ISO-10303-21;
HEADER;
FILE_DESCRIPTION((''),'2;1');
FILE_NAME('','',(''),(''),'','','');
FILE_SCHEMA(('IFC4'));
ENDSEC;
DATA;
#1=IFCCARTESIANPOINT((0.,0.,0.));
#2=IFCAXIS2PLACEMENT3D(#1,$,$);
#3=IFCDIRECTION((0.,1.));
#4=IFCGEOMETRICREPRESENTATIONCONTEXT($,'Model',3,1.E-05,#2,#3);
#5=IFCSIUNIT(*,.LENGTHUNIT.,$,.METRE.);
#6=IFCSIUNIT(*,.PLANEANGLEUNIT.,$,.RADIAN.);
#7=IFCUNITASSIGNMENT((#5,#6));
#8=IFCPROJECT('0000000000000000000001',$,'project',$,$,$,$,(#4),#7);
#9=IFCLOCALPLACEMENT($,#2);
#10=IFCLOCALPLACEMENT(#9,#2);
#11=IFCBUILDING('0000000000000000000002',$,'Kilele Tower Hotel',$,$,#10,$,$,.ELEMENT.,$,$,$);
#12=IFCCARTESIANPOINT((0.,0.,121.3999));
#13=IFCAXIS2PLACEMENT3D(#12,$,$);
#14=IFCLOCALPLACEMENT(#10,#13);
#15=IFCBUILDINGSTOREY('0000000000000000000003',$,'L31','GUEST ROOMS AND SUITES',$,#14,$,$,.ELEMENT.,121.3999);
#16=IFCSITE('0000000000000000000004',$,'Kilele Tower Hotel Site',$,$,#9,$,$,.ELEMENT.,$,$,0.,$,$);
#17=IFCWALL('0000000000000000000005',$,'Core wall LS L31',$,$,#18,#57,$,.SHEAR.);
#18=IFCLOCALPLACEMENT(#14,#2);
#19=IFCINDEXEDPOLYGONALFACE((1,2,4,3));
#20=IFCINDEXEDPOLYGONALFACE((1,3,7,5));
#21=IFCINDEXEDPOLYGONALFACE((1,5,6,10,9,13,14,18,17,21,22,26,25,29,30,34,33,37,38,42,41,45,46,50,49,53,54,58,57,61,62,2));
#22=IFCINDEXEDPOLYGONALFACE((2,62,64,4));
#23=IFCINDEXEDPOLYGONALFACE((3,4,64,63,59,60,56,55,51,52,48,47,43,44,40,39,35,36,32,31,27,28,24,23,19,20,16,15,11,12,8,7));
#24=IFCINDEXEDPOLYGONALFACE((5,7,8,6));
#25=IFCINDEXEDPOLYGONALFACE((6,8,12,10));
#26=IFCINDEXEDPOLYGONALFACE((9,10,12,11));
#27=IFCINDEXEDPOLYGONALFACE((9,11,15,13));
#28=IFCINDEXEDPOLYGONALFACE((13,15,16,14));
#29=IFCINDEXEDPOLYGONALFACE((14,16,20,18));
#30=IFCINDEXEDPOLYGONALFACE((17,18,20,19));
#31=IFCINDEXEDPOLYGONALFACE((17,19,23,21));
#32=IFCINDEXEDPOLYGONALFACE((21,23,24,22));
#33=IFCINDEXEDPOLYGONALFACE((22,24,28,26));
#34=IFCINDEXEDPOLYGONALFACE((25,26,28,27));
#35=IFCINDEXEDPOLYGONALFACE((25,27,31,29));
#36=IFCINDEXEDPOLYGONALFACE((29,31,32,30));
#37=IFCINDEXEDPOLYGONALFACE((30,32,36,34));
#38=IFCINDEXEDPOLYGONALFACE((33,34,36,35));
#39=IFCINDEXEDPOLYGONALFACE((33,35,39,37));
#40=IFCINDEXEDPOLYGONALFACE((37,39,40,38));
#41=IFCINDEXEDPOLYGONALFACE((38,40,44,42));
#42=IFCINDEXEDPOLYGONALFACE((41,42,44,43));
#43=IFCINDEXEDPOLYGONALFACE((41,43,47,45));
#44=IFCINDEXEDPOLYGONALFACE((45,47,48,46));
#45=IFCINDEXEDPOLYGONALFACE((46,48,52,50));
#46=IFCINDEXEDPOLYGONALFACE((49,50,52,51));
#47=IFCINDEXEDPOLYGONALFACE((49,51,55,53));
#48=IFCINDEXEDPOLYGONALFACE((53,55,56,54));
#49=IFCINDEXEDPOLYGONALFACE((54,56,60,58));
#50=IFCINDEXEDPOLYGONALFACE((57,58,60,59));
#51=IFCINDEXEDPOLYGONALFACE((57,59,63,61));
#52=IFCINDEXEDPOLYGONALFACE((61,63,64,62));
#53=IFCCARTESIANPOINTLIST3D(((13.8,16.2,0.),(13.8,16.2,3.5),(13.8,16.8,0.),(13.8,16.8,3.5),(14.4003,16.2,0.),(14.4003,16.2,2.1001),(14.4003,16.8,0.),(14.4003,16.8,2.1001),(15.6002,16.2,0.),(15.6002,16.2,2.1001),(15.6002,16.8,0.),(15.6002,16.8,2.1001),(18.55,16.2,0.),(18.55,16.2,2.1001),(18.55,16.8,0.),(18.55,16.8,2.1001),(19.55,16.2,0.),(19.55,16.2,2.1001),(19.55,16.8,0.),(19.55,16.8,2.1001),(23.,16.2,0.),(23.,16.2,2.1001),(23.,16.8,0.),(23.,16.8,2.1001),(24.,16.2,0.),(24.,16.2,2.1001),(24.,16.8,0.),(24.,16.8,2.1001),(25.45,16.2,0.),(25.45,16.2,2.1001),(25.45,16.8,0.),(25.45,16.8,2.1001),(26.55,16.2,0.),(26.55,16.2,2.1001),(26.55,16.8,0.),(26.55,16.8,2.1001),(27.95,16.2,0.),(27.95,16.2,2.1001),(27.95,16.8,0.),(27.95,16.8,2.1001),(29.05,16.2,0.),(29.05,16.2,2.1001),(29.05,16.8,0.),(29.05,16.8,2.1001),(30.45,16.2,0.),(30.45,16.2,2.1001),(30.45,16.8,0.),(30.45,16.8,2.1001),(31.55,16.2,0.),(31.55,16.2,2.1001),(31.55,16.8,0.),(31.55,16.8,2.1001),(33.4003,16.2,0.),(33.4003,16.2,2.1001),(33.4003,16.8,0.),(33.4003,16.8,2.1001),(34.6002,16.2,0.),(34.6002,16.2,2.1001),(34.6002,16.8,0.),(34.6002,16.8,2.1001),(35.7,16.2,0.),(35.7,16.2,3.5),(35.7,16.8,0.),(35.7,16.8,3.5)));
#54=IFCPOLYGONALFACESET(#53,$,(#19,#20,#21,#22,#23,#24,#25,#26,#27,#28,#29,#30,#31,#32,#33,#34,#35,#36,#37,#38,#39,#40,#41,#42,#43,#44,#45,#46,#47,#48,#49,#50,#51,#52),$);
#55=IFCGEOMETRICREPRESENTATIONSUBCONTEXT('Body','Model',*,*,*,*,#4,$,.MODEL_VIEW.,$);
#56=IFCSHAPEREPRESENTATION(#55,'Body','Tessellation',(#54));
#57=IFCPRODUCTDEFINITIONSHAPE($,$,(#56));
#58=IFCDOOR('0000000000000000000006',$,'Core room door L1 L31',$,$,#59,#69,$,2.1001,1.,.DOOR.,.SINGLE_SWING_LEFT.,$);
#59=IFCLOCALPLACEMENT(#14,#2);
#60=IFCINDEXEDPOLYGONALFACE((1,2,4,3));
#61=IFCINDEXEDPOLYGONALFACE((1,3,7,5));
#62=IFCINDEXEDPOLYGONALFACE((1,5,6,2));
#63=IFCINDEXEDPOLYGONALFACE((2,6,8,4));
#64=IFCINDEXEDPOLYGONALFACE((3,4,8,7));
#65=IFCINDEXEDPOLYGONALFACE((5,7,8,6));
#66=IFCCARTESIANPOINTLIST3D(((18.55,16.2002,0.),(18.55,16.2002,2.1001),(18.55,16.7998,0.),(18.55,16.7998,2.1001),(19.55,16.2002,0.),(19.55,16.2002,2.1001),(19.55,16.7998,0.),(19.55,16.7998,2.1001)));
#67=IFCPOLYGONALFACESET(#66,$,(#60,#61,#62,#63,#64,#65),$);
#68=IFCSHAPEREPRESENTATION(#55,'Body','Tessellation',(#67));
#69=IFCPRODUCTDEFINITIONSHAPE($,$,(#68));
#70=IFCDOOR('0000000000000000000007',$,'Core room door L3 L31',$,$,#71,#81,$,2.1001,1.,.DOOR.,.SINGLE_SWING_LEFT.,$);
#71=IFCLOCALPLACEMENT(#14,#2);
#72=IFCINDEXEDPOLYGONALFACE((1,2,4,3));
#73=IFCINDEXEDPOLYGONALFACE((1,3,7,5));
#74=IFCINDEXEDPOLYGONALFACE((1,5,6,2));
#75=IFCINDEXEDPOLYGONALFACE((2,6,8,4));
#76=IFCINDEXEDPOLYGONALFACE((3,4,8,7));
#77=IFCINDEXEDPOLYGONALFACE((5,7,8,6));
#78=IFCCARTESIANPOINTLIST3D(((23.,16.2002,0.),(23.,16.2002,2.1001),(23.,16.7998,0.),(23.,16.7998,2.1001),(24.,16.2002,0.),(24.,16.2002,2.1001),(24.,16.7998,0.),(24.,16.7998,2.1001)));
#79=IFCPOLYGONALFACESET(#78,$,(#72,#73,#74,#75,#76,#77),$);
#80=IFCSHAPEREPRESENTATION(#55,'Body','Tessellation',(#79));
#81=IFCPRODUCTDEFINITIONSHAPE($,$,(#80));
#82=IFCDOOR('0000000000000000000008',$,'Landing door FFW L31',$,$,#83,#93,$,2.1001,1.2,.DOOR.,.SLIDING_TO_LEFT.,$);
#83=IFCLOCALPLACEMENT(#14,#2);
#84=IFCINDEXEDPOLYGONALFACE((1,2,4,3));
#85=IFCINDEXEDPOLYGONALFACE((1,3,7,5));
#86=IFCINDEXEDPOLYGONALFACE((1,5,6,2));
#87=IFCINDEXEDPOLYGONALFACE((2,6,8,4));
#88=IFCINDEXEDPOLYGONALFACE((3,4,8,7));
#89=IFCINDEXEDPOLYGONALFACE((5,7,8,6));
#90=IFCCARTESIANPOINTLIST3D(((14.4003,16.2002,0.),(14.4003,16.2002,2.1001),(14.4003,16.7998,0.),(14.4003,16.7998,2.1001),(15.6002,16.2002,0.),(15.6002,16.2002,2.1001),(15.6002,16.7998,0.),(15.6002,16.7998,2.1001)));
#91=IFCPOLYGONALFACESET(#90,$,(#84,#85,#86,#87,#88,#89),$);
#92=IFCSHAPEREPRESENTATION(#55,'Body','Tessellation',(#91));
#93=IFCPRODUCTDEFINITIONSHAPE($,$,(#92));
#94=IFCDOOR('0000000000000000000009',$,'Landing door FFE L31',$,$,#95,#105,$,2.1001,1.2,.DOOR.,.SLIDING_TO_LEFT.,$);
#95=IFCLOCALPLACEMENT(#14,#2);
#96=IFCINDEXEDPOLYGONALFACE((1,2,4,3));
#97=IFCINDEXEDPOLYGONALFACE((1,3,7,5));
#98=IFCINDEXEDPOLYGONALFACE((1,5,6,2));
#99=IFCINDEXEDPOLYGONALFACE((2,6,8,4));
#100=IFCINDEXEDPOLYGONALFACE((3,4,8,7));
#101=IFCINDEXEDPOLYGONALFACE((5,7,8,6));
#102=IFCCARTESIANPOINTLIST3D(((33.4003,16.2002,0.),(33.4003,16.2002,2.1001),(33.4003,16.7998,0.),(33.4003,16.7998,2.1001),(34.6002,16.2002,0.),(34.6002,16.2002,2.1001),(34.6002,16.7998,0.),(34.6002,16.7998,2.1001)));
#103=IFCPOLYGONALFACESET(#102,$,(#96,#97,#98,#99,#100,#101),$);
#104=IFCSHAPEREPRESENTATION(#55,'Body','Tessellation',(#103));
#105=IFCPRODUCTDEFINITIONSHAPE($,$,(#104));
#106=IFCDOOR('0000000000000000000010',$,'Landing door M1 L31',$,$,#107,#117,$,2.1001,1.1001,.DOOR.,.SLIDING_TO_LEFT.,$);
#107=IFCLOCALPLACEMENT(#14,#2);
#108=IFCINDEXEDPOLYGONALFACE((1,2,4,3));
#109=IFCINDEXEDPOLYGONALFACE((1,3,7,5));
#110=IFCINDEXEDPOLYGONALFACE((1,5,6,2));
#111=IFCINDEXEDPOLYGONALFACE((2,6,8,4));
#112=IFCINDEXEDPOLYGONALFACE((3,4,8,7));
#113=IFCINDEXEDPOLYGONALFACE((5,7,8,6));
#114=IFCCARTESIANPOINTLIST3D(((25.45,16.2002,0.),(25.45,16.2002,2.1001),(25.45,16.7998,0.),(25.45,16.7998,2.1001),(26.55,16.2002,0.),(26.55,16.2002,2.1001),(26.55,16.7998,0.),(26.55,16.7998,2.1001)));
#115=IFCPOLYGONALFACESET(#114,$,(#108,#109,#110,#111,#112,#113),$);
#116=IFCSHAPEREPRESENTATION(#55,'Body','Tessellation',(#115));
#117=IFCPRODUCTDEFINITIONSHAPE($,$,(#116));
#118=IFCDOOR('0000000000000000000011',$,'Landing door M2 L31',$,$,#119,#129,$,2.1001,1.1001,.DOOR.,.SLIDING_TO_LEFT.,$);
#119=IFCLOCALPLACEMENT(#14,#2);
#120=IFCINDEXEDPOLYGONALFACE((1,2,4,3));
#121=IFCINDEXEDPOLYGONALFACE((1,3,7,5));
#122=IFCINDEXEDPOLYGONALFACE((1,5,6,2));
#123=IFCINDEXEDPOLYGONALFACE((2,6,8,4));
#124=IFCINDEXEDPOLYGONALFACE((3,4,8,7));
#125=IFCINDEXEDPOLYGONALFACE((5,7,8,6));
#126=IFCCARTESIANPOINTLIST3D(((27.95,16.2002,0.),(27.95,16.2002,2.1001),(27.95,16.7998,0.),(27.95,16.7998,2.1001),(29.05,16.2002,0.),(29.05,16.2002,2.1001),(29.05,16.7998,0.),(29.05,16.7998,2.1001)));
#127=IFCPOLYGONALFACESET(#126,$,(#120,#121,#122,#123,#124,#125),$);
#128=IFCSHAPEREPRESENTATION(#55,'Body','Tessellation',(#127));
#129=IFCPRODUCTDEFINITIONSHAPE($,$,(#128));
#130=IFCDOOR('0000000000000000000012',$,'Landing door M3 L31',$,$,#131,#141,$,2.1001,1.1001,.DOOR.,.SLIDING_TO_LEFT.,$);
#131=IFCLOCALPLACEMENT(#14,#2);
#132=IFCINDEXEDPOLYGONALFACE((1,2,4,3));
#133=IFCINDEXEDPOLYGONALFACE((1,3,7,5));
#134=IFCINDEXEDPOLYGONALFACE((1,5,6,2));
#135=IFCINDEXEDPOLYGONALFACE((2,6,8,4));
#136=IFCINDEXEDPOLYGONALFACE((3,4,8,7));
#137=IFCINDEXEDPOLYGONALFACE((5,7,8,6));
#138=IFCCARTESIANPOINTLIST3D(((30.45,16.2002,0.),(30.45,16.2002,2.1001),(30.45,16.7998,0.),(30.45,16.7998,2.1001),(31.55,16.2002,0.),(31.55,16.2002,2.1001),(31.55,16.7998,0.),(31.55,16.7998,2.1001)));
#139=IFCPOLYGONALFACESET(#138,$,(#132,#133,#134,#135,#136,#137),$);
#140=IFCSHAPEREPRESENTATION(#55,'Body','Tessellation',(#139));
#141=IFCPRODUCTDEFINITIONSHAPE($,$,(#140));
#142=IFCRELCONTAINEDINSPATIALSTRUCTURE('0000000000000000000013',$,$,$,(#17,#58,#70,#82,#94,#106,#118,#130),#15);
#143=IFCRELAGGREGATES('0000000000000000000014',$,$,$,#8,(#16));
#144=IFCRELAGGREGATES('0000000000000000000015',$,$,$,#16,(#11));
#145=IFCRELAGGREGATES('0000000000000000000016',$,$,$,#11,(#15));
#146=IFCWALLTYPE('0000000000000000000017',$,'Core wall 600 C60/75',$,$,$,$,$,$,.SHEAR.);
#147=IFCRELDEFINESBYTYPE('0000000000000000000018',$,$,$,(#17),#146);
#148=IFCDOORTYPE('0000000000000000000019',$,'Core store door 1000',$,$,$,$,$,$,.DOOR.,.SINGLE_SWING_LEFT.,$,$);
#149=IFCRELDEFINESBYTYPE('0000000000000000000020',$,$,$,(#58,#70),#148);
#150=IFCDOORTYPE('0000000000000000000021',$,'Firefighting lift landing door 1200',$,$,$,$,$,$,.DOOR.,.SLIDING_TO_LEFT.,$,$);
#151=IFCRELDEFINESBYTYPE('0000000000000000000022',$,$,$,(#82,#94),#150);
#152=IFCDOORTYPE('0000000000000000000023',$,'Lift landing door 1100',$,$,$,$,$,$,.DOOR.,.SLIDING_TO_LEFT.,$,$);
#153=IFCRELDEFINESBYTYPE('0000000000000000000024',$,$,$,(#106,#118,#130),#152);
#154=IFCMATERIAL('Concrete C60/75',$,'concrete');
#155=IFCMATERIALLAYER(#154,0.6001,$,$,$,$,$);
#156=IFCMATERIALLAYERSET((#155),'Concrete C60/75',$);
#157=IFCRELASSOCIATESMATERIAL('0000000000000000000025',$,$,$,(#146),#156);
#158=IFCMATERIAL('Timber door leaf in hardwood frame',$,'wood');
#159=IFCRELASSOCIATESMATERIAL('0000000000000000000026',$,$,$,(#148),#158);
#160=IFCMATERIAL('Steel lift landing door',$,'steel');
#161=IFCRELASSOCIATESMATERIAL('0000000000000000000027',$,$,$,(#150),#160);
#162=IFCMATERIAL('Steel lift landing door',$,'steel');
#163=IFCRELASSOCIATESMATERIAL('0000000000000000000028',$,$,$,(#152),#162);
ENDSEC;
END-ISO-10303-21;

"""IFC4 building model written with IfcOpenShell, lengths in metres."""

from ifc_helpers import new_model, si_unit, direction, frame, frame_2d, origin, place, context, subcontext, project, spatial, rectangle, extrude, material, layer, layer_set, type_object, element, fill, save


model = new_model("IFC4")

# Units and contexts
model_context = context("Model", 3, precision=1e-05, world=origin(), true_north=direction((0.0, 1.0)))
body_context = subcontext(model_context, "Body", "Model", "MODEL_VIEW")
ifc_project = project(units=[si_unit("LENGTHUNIT", "METRE"), si_unit("PLANEANGLEUNIT", "RADIAN")], contexts=[model_context])

# Site, building, storey
site_placement = place(None, origin())
site = spatial("IfcSite", under=ifc_project, at=site_placement, Name="Kilele Tower Hotel Site", CompositionType="ELEMENT", RefElevation=0.0)
building_placement = place(site_placement, origin())
building = spatial("IfcBuilding", under=site, at=building_placement, Name="Kilele Tower Hotel", CompositionType="ELEMENT")
storey_placement = place(building_placement, frame((0.0, 0.0, 121.3999)))
storey = spatial("IfcBuildingStorey", under=building, at=storey_placement, Name="L31", Description="GUEST ROOMS AND SUITES", CompositionType="ELEMENT", Elevation=121.3999)

# Shared definitions
ifc_material_1 = material(Name="Concrete C60/75", Category="concrete")
ifc_layer_1 = layer(ifc_material_1, 0.6001)
ifc_layer_set_1 = layer_set([ifc_layer_1], Name="Concrete C60/75")
wall_type_1 = type_object("IfcWallType", Name="Core wall 600 C60/75", PredefinedType="SHEAR", material=ifc_layer_set_1)

# Wall, openings, doors
wall_1_placement = place(storey_placement, frame((13.8, 16.5, 0.0), z_axis=(0.0, 0.0, 1.0), x_axis=(1.0, 0.0, 0.0)))
wall_1 = element("IfcWall", 1, at=wall_1_placement, inside=storey, type_object=wall_type_1, Name="Core wall LS L31", PredefinedType="SHEAR", context=body_context, shape_type="SweptSolid", body=[
    extrude(rectangle(XDim=21.8999, YDim=0.6001, at=frame_2d((10.95, 0.0))), origin(), (0.0, 0.0, 1.0), 3.5),
])
opening_1_placement = place(wall_1_placement, frame((11.6499, 0.0, 0.0)))
opening_1 = element("IfcOpeningElement", 2, at=opening_1_placement, cuts=wall_1, PredefinedType="OPENING", context=body_context, shape_type="SweptSolid", body=[
    extrude(rectangle(XDim=1.1001, YDim=2.1001, at=frame_2d((0.55, 1.05))), frame((0.0, 0.3101, 0.0), z_axis=(0.0, -1.0, 0.0), x_axis=(1.0, 0.0, 0.0)), (0.0, 0.0, 1.0), 0.6201),
])
opening_2_placement = place(wall_1_placement, frame((14.1499, 0.0, 0.0)))
opening_2 = element("IfcOpeningElement", 3, at=opening_2_placement, cuts=wall_1, PredefinedType="OPENING", context=body_context, shape_type="SweptSolid", body=[
    extrude(rectangle(XDim=1.1001, YDim=2.1001, at=frame_2d((0.55, 1.05))), frame((0.0, 0.3101, 0.0), z_axis=(0.0, -1.0, 0.0), x_axis=(1.0, 0.0, 0.0)), (0.0, 0.0, 1.0), 0.6201),
])
opening_3_placement = place(wall_1_placement, frame((16.6499, 0.0, 0.0)))
opening_3 = element("IfcOpeningElement", 4, at=opening_3_placement, cuts=wall_1, PredefinedType="OPENING", context=body_context, shape_type="SweptSolid", body=[
    extrude(rectangle(XDim=1.1001, YDim=2.1001, at=frame_2d((0.55, 1.05))), frame((0.0, 0.3101, 0.0), z_axis=(0.0, -1.0, 0.0), x_axis=(1.0, 0.0, 0.0)), (0.0, 0.0, 1.0), 0.6201),
])
opening_4_placement = place(wall_1_placement, frame((5.75, 0.0, 0.0), z_axis=(0.0, 0.0, 1.0), x_axis=(-1.0, 0.0, 0.0)))
opening_4 = element("IfcOpeningElement", 5, at=opening_4_placement, cuts=wall_1, PredefinedType="OPENING", context=body_context, shape_type="SweptSolid", body=[
    extrude(rectangle(XDim=1.0, YDim=2.1001, at=frame_2d((0.5, 1.05))), frame((0.0, 0.3101, 0.0), z_axis=(0.0, -1.0, 0.0), x_axis=(1.0, 0.0, 0.0)), (0.0, 0.0, 1.0), 0.6201),
])
opening_5_placement = place(wall_1_placement, frame((10.2, 0.0, 0.0), z_axis=(0.0, 0.0, 1.0), x_axis=(-1.0, 0.0, 0.0)))
opening_5 = element("IfcOpeningElement", 6, at=opening_5_placement, cuts=wall_1, PredefinedType="OPENING", context=body_context, shape_type="SweptSolid", body=[
    extrude(rectangle(XDim=1.0, YDim=2.1001, at=frame_2d((0.5, 1.05))), frame((0.0, 0.3101, 0.0), z_axis=(0.0, -1.0, 0.0), x_axis=(1.0, 0.0, 0.0)), (0.0, 0.0, 1.0), 0.6201),
])
opening_6_placement = place(wall_1_placement, frame((0.6001, 0.0, 0.0)))
opening_6 = element("IfcOpeningElement", 7, at=opening_6_placement, cuts=wall_1, PredefinedType="OPENING", context=body_context, shape_type="SweptSolid", body=[
    extrude(rectangle(XDim=1.2, YDim=2.1001, at=frame_2d((0.6001, 1.05))), frame((0.0, 0.3101, 0.0), z_axis=(0.0, -1.0, 0.0), x_axis=(1.0, 0.0, 0.0)), (0.0, 0.0, 1.0), 0.6201),
])
opening_7_placement = place(wall_1_placement, frame((19.6001, 0.0, 0.0)))
opening_7 = element("IfcOpeningElement", 8, at=opening_7_placement, cuts=wall_1, PredefinedType="OPENING", context=body_context, shape_type="SweptSolid", body=[
    extrude(rectangle(XDim=1.2, YDim=2.1001, at=frame_2d((0.6001, 1.05))), frame((0.0, 0.3101, 0.0), z_axis=(0.0, -1.0, 0.0), x_axis=(1.0, 0.0, 0.0)), (0.0, 0.0, 1.0), 0.6201),
])
ifc_material_2 = material(Name="Timber door leaf in hardwood frame", Category="wood")
door_type_1 = type_object("IfcDoorType", Name="Core store door 1000", OperationType="SINGLE_SWING_LEFT", PredefinedType="DOOR", material=ifc_material_2)
door_1_placement = place(opening_4_placement, origin())
door_1 = element("IfcDoor", 9, at=door_1_placement, inside=storey, type_object=door_type_1, Name="Core room door L1 L31", OperationType="SINGLE_SWING_LEFT", OverallHeight=2.1001, OverallWidth=1.0, PredefinedType="DOOR", context=body_context, shape_type="SweptSolid", body=[
    extrude(rectangle(XDim=1.0, YDim=2.1001, at=frame_2d((0.5, 1.05))), frame((0.0, 0.2998, 0.0), z_axis=(0.0, -1.0, 0.0), x_axis=(1.0, 0.0, 0.0)), (0.0, 0.0, 1.0), 0.5996),
])
fill(opening_4, door_1)
door_2_placement = place(opening_5_placement, origin())
door_2 = element("IfcDoor", 10, at=door_2_placement, inside=storey, type_object=door_type_1, Name="Core room door L3 L31", OperationType="SINGLE_SWING_LEFT", OverallHeight=2.1001, OverallWidth=1.0, PredefinedType="DOOR", context=body_context, shape_type="SweptSolid", body=[
    extrude(rectangle(XDim=1.0, YDim=2.1001, at=frame_2d((0.5, 1.05))), frame((0.0, 0.2998, 0.0), z_axis=(0.0, -1.0, 0.0), x_axis=(1.0, 0.0, 0.0)), (0.0, 0.0, 1.0), 0.5996),
])
fill(opening_5, door_2)
ifc_material_3 = material(Name="Steel lift landing door", Category="steel")
door_type_2 = type_object("IfcDoorType", Name="Firefighting lift landing door 1200", OperationType="SLIDING_TO_LEFT", PredefinedType="DOOR", material=ifc_material_3)
door_3_placement = place(opening_6_placement, origin())
door_3 = element("IfcDoor", 11, at=door_3_placement, inside=storey, type_object=door_type_2, Name="Landing door FFW L31", OperationType="SLIDING_TO_LEFT", OverallHeight=2.1001, OverallWidth=1.2, PredefinedType="DOOR", context=body_context, shape_type="SweptSolid", body=[
    extrude(rectangle(XDim=1.2, YDim=2.1001, at=frame_2d((0.6001, 1.05))), frame((0.0, 0.2998, 0.0), z_axis=(0.0, -1.0, 0.0), x_axis=(1.0, 0.0, 0.0)), (0.0, 0.0, 1.0), 0.5996),
])
fill(opening_6, door_3)
door_4_placement = place(opening_7_placement, origin())
door_4 = element("IfcDoor", 12, at=door_4_placement, inside=storey, type_object=door_type_2, Name="Landing door FFE L31", OperationType="SLIDING_TO_LEFT", OverallHeight=2.1001, OverallWidth=1.2, PredefinedType="DOOR", context=body_context, shape_type="SweptSolid", body=[
    extrude(rectangle(XDim=1.2, YDim=2.1001, at=frame_2d((0.6001, 1.05))), frame((0.0, 0.2998, 0.0), z_axis=(0.0, -1.0, 0.0), x_axis=(1.0, 0.0, 0.0)), (0.0, 0.0, 1.0), 0.5996),
])
fill(opening_7, door_4)
ifc_material_4 = material(Name="Steel lift landing door", Category="steel")
door_type_3 = type_object("IfcDoorType", Name="Lift landing door 1100", OperationType="SLIDING_TO_LEFT", PredefinedType="DOOR", material=ifc_material_4)
door_5_placement = place(opening_1_placement, origin())
door_5 = element("IfcDoor", 13, at=door_5_placement, inside=storey, type_object=door_type_3, Name="Landing door M1 L31", OperationType="SLIDING_TO_LEFT", OverallHeight=2.1001, OverallWidth=1.1001, PredefinedType="DOOR", context=body_context, shape_type="SweptSolid", body=[
    extrude(rectangle(XDim=1.1001, YDim=2.1001, at=frame_2d((0.55, 1.05))), frame((0.0, 0.2998, 0.0), z_axis=(0.0, -1.0, 0.0), x_axis=(1.0, 0.0, 0.0)), (0.0, 0.0, 1.0), 0.5996),
])
fill(opening_1, door_5)
door_6_placement = place(opening_2_placement, origin())
door_6 = element("IfcDoor", 14, at=door_6_placement, inside=storey, type_object=door_type_3, Name="Landing door M2 L31", OperationType="SLIDING_TO_LEFT", OverallHeight=2.1001, OverallWidth=1.1001, PredefinedType="DOOR", context=body_context, shape_type="SweptSolid", body=[
    extrude(rectangle(XDim=1.1001, YDim=2.1001, at=frame_2d((0.55, 1.05))), frame((0.0, 0.2998, 0.0), z_axis=(0.0, -1.0, 0.0), x_axis=(1.0, 0.0, 0.0)), (0.0, 0.0, 1.0), 0.5996),
])
fill(opening_2, door_6)
door_7_placement = place(opening_3_placement, origin())
door_7 = element("IfcDoor", 15, at=door_7_placement, inside=storey, type_object=door_type_3, Name="Landing door M3 L31", OperationType="SLIDING_TO_LEFT", OverallHeight=2.1001, OverallWidth=1.1001, PredefinedType="DOOR", context=body_context, shape_type="SweptSolid", body=[
    extrude(rectangle(XDim=1.1001, YDim=2.1001, at=frame_2d((0.55, 1.05))), frame((0.0, 0.2998, 0.0), z_axis=(0.0, -1.0, 0.0), x_axis=(1.0, 0.0, 0.0)), (0.0, 0.0, 1.0), 0.5996),
])
fill(opening_3, door_7)

save(model, "model.ifc")
